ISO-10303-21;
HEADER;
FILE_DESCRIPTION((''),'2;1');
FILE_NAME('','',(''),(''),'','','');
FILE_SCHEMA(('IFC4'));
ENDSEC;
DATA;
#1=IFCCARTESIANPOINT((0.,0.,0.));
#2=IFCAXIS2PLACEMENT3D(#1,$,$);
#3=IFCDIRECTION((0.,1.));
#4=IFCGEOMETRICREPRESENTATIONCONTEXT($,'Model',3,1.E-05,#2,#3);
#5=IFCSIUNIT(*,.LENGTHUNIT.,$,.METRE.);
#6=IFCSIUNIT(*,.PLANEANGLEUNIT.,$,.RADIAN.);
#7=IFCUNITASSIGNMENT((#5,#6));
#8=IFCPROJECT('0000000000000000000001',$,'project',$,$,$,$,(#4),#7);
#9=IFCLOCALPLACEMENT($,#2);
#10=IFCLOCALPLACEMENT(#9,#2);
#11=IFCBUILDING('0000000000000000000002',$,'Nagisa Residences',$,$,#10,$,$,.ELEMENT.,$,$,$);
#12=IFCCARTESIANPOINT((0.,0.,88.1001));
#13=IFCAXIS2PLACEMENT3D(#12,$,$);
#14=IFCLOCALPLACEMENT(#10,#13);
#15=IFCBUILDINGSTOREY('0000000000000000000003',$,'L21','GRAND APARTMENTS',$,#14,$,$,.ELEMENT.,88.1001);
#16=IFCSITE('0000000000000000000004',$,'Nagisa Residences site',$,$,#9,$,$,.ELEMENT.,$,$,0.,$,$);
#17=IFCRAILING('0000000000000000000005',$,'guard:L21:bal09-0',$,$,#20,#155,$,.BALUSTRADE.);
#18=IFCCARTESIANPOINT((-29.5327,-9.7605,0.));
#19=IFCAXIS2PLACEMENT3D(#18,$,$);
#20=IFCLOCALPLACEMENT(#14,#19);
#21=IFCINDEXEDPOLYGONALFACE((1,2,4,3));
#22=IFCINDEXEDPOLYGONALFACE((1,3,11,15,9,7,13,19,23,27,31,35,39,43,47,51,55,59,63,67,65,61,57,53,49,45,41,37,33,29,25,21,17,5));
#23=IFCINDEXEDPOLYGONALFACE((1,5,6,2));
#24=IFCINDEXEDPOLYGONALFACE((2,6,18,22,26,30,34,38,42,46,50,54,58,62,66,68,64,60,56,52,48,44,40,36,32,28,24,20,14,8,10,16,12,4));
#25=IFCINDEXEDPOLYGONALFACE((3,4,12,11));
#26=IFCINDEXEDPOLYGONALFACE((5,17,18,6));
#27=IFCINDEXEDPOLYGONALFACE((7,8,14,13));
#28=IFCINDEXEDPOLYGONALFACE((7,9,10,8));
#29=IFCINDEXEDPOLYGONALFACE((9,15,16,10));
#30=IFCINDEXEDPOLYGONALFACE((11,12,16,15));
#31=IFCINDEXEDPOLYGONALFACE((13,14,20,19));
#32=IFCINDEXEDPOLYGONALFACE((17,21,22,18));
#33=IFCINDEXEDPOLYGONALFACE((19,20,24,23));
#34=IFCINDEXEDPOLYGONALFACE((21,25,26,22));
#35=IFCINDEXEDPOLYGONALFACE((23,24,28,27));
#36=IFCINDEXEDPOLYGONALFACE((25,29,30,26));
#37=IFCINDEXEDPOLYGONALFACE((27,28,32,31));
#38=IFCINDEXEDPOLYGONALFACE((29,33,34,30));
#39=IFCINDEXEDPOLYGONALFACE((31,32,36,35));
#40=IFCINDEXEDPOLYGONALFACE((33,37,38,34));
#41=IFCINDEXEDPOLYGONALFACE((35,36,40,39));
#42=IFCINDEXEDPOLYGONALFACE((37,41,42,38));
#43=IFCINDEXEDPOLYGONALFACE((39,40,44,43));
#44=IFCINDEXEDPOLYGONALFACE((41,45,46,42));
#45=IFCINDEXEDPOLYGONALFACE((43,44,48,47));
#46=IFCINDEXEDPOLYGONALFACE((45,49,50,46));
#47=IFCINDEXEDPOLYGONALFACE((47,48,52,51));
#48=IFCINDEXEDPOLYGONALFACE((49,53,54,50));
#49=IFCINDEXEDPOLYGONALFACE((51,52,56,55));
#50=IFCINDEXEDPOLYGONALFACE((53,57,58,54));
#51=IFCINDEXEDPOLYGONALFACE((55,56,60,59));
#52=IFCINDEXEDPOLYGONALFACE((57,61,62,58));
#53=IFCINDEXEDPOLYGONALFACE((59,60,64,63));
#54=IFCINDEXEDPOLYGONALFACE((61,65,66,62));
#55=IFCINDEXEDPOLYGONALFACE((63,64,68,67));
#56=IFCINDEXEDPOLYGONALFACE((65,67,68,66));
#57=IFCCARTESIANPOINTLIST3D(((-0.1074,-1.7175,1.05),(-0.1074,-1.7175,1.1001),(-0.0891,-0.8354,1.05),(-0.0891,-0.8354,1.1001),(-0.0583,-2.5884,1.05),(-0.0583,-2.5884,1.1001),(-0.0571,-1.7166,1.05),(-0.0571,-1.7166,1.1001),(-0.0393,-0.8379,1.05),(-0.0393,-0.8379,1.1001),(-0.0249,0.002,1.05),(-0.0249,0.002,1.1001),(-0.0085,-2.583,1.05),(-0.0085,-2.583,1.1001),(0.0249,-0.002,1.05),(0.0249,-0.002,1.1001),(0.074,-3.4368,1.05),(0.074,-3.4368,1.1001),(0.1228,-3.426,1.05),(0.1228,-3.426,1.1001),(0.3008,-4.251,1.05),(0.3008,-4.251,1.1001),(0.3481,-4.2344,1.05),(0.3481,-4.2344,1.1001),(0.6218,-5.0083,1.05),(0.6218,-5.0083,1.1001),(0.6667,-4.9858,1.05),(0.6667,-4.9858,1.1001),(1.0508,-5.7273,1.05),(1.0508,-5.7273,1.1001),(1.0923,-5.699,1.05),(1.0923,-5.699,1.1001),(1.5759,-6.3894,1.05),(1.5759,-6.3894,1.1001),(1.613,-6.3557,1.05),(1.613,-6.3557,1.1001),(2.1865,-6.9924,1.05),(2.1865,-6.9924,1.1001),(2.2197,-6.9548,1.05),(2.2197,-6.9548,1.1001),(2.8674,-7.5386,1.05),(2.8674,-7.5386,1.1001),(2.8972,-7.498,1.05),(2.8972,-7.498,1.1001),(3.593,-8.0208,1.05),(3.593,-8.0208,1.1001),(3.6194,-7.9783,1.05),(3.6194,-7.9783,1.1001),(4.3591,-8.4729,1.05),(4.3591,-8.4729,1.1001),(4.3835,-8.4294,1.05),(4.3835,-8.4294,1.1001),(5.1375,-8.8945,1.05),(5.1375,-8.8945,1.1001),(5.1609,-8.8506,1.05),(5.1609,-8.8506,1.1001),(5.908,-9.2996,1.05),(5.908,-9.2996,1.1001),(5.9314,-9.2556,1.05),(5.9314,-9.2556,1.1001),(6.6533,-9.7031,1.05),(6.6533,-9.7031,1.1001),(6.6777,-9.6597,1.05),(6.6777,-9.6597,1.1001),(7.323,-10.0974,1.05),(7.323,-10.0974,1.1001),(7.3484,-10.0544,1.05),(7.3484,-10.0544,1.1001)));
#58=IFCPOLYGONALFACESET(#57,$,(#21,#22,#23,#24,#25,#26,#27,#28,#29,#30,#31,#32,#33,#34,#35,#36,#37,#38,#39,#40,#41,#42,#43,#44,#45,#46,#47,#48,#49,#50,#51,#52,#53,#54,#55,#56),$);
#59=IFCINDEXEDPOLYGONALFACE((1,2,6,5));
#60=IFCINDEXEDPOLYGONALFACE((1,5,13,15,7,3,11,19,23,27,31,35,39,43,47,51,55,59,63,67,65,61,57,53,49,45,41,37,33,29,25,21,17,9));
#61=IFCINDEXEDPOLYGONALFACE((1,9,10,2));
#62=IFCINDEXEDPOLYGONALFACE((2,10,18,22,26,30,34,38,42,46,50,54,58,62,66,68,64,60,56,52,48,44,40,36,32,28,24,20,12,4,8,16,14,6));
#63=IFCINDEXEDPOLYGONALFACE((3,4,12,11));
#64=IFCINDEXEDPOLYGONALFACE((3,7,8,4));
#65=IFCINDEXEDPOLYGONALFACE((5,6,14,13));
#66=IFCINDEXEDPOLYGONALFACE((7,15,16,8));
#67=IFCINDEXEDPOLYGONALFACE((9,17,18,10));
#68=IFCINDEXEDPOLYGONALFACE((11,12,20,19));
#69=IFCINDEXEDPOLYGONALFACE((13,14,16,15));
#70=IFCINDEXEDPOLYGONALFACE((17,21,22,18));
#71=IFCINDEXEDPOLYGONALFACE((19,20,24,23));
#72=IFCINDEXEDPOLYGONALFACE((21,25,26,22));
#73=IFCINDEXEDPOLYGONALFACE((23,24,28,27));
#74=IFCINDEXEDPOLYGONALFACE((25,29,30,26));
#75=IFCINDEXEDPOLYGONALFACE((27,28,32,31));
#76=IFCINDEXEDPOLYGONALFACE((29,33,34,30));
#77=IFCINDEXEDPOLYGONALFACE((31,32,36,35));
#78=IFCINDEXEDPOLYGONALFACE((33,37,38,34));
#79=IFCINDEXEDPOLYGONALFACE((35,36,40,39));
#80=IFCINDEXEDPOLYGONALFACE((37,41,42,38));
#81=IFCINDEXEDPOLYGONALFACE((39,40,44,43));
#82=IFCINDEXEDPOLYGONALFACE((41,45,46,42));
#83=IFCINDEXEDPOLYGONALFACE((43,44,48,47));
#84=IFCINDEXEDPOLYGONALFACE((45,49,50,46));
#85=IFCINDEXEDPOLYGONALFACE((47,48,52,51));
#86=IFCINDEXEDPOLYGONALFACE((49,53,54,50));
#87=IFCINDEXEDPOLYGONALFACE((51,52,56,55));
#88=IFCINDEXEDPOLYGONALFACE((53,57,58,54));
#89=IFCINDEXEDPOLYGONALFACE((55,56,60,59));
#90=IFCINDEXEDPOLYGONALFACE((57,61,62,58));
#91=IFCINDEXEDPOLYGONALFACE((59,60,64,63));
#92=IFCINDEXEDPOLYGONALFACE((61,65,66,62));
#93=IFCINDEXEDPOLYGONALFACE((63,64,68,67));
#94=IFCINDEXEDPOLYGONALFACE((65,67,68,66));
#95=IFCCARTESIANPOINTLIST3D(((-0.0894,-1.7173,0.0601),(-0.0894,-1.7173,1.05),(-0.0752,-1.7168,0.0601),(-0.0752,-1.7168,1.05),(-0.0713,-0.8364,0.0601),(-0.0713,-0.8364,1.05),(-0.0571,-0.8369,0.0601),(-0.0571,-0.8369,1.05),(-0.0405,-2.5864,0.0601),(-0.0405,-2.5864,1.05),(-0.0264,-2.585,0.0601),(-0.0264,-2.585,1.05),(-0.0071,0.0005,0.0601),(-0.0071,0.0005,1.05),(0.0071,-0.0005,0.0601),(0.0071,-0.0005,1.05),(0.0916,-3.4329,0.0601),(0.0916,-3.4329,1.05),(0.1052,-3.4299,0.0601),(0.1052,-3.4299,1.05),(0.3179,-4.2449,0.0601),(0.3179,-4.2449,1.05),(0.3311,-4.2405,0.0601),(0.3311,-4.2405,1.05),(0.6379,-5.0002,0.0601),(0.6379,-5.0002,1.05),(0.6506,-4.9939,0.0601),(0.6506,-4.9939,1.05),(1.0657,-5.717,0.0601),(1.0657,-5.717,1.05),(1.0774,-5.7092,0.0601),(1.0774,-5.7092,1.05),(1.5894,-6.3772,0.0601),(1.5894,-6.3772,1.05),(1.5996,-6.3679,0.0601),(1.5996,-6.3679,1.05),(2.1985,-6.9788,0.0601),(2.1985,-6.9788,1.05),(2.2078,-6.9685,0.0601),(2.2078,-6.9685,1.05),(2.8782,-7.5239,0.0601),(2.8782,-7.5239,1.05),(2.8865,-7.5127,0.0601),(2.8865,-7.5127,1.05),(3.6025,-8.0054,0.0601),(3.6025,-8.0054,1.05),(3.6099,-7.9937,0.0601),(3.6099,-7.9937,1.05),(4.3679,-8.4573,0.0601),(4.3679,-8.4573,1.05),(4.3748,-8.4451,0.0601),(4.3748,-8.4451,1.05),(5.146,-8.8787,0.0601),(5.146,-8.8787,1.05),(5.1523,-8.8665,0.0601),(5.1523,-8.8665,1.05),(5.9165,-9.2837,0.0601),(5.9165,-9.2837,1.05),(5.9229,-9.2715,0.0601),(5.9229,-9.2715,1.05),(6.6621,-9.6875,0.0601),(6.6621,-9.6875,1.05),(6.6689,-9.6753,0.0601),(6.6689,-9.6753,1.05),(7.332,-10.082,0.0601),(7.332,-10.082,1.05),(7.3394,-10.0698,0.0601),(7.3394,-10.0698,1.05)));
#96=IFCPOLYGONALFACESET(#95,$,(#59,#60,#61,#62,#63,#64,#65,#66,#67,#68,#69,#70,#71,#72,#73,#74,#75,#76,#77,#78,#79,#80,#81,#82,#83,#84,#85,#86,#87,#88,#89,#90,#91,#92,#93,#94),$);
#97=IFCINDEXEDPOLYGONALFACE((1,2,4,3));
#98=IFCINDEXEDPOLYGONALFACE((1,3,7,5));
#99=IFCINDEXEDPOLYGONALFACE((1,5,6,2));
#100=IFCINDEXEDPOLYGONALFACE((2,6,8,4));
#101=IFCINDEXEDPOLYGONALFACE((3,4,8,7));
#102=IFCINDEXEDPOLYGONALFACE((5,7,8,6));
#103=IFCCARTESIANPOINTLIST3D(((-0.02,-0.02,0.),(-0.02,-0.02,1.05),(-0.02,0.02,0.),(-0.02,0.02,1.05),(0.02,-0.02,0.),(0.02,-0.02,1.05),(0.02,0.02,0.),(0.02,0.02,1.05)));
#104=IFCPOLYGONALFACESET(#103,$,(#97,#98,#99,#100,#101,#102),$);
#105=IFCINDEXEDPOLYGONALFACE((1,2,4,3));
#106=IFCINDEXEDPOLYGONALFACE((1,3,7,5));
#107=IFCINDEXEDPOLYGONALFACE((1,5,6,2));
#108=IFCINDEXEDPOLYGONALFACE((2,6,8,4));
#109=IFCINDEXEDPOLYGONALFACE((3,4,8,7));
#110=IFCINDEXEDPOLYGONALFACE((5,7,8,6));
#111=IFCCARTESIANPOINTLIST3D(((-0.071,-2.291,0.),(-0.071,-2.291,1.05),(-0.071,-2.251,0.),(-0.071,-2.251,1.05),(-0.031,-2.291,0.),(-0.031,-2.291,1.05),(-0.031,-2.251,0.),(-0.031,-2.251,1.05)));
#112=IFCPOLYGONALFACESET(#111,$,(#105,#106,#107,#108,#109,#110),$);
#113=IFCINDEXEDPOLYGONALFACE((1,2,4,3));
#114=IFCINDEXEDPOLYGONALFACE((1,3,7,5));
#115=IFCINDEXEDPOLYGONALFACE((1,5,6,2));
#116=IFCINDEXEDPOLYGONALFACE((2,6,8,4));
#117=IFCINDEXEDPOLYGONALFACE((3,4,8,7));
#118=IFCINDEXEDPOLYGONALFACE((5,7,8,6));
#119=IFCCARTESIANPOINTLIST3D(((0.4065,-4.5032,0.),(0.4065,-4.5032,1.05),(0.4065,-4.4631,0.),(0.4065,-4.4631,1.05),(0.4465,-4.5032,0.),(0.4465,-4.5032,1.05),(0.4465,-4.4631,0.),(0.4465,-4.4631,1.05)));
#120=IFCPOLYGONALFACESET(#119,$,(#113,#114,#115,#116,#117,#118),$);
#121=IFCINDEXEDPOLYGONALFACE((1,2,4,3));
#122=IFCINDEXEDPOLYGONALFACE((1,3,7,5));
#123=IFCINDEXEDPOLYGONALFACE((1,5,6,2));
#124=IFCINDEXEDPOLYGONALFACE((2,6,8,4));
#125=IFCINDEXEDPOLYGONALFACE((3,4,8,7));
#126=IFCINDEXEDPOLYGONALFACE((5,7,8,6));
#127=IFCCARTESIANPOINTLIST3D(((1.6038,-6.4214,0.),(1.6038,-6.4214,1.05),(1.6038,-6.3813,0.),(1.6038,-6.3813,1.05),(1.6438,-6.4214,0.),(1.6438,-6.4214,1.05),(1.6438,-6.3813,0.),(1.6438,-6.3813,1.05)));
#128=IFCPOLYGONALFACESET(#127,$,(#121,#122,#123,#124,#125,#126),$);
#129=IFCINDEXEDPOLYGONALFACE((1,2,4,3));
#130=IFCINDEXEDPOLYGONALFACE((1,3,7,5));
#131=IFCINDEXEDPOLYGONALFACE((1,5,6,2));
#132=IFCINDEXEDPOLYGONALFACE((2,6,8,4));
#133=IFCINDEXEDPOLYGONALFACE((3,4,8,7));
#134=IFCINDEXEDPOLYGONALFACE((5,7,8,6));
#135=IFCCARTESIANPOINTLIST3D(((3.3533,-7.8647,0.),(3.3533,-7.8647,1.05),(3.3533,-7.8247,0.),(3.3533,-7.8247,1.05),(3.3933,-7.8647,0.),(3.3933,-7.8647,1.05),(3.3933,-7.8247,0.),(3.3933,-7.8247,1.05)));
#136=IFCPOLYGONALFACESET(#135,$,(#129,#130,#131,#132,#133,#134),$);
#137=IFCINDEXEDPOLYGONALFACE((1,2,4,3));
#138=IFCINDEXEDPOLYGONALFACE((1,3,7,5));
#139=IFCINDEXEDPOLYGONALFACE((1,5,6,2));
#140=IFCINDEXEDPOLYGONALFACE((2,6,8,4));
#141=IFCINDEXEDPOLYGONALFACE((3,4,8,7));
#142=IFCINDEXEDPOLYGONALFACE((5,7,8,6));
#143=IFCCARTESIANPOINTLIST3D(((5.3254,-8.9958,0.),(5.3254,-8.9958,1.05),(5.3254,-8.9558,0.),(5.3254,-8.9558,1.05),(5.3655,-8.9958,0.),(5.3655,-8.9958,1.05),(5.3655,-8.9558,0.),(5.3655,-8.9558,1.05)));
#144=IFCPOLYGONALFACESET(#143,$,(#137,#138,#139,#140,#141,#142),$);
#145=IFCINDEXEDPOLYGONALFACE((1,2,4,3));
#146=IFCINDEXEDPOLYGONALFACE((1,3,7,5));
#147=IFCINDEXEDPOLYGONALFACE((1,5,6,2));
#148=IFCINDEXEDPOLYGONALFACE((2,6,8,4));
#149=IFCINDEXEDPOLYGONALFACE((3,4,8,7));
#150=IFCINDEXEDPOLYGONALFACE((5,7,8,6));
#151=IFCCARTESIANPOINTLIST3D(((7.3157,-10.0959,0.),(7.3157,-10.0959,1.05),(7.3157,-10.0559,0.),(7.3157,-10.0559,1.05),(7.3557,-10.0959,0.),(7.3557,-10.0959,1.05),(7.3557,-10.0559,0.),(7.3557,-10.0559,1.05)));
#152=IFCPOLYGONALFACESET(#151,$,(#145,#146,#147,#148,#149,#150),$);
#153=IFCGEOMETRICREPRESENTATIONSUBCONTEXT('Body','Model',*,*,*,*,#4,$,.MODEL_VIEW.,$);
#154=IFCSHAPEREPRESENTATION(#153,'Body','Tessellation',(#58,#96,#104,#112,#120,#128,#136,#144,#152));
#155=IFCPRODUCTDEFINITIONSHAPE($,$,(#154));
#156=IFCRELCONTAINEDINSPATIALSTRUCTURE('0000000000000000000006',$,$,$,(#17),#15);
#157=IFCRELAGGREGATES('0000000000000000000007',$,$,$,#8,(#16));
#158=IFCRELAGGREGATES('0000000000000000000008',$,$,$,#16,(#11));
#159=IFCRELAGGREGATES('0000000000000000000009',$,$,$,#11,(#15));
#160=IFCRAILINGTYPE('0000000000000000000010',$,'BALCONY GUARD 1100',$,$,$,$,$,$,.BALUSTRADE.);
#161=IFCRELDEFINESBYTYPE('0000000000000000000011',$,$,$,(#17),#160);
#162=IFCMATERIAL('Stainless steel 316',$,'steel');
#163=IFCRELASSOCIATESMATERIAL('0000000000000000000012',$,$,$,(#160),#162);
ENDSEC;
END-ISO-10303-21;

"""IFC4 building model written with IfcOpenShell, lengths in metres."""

from ifc_helpers import new_model, si_unit, direction, frame, origin, origin_2d, place, context, subcontext, project, spatial, polyline, rectangle, outline, extrude, material, type_object, element, save


model = new_model("IFC4")

# Units and contexts
model_context = context("Model", 3, precision=1e-05, world=origin(), true_north=direction((0.0, 1.0)))
body_context = subcontext(model_context, "Body", "Model", "MODEL_VIEW")
ifc_project = project(units=[si_unit("LENGTHUNIT", "METRE"), si_unit("PLANEANGLEUNIT", "RADIAN")], contexts=[model_context])

# Site, building, storey
site_placement = place(None, origin())
site = spatial("IfcSite", under=ifc_project, at=site_placement, Name="Nagisa Residences site", CompositionType="ELEMENT", RefElevation=0.0)
building_placement = place(site_placement, origin())
building = spatial("IfcBuilding", under=site, at=building_placement, Name="Nagisa Residences", CompositionType="ELEMENT")
storey_placement = place(building_placement, frame((0.0, 0.0, 88.1001)))
storey = spatial("IfcBuildingStorey", under=building, at=storey_placement, Name="L21", Description="GRAND APARTMENTS", CompositionType="ELEMENT", Elevation=88.1001)

# Railing
ifc_material_1 = material(Name="Stainless steel 316", Category="steel")
railing_type = type_object("IfcRailingType", Name="BALCONY GUARD 1100", PredefinedType="BALUSTRADE", material=ifc_material_1)
railing_placement = place(storey_placement, frame((-29.5327, -9.7605, 0.0)))
element("IfcRailing", 1, at=railing_placement, inside=storey, type_object=railing_type, Name="guard:L21:bal09-0", PredefinedType="BALUSTRADE", context=body_context, shape_type="SweptSolid", body=[
    extrude(outline(polyline([(-0.0393, -0.8379), (0.0249, -0.002), (-0.0249, 0.002), (-0.0891, -0.8354), (-0.1074, -1.7175), (-0.0583, -2.5884), (0.074, -3.4368), (0.3008, -4.251), (0.6218, -5.0083), (1.0508, -5.7273), (1.5759, -6.3894), (2.1865, -6.9924), (2.8674, -7.5386), (3.593, -8.0208), (4.3591, -8.4729), (5.1375, -8.8945), (5.908, -9.2996), (6.6533, -9.7031), (7.323, -10.0974), (7.3484, -10.0544), (6.6777, -9.6597), (5.9314, -9.2556), (5.1609, -8.8506), (4.3835, -8.4294), (3.6194, -7.9783), (2.8972, -7.498), (2.2197, -6.9548), (1.613, -6.3557), (1.0923, -5.699), (0.6667, -4.9858), (0.3481, -4.2344), (0.1228, -3.426), (-0.0085, -2.583), (-0.0571, -1.7166), (-0.0393, -0.8379)])), frame((0.0, 0.0, 1.05)), (0.0, 0.0, 1.0), 0.05),
    extrude(outline(polyline([(-0.0571, -0.8369), (0.0071, -0.0005), (-0.0071, 0.0005), (-0.0713, -0.8364), (-0.0894, -1.7173), (-0.0405, -2.5864), (0.0916, -3.4329), (0.3179, -4.2449), (0.6379, -5.0002), (1.0657, -5.717), (1.5894, -6.3772), (2.1985, -6.9788), (2.8782, -7.5239), (3.6025, -8.0054), (4.3679, -8.4573), (5.146, -8.8787), (5.9165, -9.2837), (6.6621, -9.6875), (7.332, -10.082), (7.3394, -10.0698), (6.6689, -9.6753), (5.9229, -9.2715), (5.1523, -8.8665), (4.3748, -8.4451), (3.6099, -7.9937), (2.8865, -7.5127), (2.2078, -6.9685), (1.5996, -6.3679), (1.0774, -5.7092), (0.6506, -4.9939), (0.3311, -4.2405), (0.1052, -3.4299), (-0.0264, -2.585), (-0.0752, -1.7168), (-0.0571, -0.8369)])), frame((0.0, 0.0, 0.0601)), (0.0, 0.0, 1.0), 0.99),
    extrude(rectangle(XDim=0.04, YDim=0.04, at=origin_2d()), origin(), (0.0, 0.0, 1.0), 1.05),
    extrude(rectangle(XDim=0.04, YDim=0.04, at=origin_2d()), frame((-0.051, -2.271, 0.0)), (0.0, 0.0, 1.0), 1.05),
    extrude(rectangle(XDim=0.04, YDim=0.04, at=origin_2d()), frame((0.4265, -4.4832, 0.0)), (0.0, 0.0, 1.0), 1.05),
    extrude(rectangle(XDim=0.04, YDim=0.04, at=origin_2d()), frame((1.6238, -6.4014, 0.0)), (0.0, 0.0, 1.0), 1.05),
    extrude(rectangle(XDim=0.04, YDim=0.04, at=origin_2d()), frame((3.3733, -7.8447, 0.0)), (0.0, 0.0, 1.0), 1.05),
    extrude(rectangle(XDim=0.04, YDim=0.04, at=origin_2d()), frame((5.3455, -8.9758, 0.0)), (0.0, 0.0, 1.0), 1.05),
    extrude(rectangle(XDim=0.04, YDim=0.04, at=origin_2d()), frame((7.3357, -10.0759, 0.0)), (0.0, 0.0, 1.0), 1.05),
])

save(model, "model.ifc")
